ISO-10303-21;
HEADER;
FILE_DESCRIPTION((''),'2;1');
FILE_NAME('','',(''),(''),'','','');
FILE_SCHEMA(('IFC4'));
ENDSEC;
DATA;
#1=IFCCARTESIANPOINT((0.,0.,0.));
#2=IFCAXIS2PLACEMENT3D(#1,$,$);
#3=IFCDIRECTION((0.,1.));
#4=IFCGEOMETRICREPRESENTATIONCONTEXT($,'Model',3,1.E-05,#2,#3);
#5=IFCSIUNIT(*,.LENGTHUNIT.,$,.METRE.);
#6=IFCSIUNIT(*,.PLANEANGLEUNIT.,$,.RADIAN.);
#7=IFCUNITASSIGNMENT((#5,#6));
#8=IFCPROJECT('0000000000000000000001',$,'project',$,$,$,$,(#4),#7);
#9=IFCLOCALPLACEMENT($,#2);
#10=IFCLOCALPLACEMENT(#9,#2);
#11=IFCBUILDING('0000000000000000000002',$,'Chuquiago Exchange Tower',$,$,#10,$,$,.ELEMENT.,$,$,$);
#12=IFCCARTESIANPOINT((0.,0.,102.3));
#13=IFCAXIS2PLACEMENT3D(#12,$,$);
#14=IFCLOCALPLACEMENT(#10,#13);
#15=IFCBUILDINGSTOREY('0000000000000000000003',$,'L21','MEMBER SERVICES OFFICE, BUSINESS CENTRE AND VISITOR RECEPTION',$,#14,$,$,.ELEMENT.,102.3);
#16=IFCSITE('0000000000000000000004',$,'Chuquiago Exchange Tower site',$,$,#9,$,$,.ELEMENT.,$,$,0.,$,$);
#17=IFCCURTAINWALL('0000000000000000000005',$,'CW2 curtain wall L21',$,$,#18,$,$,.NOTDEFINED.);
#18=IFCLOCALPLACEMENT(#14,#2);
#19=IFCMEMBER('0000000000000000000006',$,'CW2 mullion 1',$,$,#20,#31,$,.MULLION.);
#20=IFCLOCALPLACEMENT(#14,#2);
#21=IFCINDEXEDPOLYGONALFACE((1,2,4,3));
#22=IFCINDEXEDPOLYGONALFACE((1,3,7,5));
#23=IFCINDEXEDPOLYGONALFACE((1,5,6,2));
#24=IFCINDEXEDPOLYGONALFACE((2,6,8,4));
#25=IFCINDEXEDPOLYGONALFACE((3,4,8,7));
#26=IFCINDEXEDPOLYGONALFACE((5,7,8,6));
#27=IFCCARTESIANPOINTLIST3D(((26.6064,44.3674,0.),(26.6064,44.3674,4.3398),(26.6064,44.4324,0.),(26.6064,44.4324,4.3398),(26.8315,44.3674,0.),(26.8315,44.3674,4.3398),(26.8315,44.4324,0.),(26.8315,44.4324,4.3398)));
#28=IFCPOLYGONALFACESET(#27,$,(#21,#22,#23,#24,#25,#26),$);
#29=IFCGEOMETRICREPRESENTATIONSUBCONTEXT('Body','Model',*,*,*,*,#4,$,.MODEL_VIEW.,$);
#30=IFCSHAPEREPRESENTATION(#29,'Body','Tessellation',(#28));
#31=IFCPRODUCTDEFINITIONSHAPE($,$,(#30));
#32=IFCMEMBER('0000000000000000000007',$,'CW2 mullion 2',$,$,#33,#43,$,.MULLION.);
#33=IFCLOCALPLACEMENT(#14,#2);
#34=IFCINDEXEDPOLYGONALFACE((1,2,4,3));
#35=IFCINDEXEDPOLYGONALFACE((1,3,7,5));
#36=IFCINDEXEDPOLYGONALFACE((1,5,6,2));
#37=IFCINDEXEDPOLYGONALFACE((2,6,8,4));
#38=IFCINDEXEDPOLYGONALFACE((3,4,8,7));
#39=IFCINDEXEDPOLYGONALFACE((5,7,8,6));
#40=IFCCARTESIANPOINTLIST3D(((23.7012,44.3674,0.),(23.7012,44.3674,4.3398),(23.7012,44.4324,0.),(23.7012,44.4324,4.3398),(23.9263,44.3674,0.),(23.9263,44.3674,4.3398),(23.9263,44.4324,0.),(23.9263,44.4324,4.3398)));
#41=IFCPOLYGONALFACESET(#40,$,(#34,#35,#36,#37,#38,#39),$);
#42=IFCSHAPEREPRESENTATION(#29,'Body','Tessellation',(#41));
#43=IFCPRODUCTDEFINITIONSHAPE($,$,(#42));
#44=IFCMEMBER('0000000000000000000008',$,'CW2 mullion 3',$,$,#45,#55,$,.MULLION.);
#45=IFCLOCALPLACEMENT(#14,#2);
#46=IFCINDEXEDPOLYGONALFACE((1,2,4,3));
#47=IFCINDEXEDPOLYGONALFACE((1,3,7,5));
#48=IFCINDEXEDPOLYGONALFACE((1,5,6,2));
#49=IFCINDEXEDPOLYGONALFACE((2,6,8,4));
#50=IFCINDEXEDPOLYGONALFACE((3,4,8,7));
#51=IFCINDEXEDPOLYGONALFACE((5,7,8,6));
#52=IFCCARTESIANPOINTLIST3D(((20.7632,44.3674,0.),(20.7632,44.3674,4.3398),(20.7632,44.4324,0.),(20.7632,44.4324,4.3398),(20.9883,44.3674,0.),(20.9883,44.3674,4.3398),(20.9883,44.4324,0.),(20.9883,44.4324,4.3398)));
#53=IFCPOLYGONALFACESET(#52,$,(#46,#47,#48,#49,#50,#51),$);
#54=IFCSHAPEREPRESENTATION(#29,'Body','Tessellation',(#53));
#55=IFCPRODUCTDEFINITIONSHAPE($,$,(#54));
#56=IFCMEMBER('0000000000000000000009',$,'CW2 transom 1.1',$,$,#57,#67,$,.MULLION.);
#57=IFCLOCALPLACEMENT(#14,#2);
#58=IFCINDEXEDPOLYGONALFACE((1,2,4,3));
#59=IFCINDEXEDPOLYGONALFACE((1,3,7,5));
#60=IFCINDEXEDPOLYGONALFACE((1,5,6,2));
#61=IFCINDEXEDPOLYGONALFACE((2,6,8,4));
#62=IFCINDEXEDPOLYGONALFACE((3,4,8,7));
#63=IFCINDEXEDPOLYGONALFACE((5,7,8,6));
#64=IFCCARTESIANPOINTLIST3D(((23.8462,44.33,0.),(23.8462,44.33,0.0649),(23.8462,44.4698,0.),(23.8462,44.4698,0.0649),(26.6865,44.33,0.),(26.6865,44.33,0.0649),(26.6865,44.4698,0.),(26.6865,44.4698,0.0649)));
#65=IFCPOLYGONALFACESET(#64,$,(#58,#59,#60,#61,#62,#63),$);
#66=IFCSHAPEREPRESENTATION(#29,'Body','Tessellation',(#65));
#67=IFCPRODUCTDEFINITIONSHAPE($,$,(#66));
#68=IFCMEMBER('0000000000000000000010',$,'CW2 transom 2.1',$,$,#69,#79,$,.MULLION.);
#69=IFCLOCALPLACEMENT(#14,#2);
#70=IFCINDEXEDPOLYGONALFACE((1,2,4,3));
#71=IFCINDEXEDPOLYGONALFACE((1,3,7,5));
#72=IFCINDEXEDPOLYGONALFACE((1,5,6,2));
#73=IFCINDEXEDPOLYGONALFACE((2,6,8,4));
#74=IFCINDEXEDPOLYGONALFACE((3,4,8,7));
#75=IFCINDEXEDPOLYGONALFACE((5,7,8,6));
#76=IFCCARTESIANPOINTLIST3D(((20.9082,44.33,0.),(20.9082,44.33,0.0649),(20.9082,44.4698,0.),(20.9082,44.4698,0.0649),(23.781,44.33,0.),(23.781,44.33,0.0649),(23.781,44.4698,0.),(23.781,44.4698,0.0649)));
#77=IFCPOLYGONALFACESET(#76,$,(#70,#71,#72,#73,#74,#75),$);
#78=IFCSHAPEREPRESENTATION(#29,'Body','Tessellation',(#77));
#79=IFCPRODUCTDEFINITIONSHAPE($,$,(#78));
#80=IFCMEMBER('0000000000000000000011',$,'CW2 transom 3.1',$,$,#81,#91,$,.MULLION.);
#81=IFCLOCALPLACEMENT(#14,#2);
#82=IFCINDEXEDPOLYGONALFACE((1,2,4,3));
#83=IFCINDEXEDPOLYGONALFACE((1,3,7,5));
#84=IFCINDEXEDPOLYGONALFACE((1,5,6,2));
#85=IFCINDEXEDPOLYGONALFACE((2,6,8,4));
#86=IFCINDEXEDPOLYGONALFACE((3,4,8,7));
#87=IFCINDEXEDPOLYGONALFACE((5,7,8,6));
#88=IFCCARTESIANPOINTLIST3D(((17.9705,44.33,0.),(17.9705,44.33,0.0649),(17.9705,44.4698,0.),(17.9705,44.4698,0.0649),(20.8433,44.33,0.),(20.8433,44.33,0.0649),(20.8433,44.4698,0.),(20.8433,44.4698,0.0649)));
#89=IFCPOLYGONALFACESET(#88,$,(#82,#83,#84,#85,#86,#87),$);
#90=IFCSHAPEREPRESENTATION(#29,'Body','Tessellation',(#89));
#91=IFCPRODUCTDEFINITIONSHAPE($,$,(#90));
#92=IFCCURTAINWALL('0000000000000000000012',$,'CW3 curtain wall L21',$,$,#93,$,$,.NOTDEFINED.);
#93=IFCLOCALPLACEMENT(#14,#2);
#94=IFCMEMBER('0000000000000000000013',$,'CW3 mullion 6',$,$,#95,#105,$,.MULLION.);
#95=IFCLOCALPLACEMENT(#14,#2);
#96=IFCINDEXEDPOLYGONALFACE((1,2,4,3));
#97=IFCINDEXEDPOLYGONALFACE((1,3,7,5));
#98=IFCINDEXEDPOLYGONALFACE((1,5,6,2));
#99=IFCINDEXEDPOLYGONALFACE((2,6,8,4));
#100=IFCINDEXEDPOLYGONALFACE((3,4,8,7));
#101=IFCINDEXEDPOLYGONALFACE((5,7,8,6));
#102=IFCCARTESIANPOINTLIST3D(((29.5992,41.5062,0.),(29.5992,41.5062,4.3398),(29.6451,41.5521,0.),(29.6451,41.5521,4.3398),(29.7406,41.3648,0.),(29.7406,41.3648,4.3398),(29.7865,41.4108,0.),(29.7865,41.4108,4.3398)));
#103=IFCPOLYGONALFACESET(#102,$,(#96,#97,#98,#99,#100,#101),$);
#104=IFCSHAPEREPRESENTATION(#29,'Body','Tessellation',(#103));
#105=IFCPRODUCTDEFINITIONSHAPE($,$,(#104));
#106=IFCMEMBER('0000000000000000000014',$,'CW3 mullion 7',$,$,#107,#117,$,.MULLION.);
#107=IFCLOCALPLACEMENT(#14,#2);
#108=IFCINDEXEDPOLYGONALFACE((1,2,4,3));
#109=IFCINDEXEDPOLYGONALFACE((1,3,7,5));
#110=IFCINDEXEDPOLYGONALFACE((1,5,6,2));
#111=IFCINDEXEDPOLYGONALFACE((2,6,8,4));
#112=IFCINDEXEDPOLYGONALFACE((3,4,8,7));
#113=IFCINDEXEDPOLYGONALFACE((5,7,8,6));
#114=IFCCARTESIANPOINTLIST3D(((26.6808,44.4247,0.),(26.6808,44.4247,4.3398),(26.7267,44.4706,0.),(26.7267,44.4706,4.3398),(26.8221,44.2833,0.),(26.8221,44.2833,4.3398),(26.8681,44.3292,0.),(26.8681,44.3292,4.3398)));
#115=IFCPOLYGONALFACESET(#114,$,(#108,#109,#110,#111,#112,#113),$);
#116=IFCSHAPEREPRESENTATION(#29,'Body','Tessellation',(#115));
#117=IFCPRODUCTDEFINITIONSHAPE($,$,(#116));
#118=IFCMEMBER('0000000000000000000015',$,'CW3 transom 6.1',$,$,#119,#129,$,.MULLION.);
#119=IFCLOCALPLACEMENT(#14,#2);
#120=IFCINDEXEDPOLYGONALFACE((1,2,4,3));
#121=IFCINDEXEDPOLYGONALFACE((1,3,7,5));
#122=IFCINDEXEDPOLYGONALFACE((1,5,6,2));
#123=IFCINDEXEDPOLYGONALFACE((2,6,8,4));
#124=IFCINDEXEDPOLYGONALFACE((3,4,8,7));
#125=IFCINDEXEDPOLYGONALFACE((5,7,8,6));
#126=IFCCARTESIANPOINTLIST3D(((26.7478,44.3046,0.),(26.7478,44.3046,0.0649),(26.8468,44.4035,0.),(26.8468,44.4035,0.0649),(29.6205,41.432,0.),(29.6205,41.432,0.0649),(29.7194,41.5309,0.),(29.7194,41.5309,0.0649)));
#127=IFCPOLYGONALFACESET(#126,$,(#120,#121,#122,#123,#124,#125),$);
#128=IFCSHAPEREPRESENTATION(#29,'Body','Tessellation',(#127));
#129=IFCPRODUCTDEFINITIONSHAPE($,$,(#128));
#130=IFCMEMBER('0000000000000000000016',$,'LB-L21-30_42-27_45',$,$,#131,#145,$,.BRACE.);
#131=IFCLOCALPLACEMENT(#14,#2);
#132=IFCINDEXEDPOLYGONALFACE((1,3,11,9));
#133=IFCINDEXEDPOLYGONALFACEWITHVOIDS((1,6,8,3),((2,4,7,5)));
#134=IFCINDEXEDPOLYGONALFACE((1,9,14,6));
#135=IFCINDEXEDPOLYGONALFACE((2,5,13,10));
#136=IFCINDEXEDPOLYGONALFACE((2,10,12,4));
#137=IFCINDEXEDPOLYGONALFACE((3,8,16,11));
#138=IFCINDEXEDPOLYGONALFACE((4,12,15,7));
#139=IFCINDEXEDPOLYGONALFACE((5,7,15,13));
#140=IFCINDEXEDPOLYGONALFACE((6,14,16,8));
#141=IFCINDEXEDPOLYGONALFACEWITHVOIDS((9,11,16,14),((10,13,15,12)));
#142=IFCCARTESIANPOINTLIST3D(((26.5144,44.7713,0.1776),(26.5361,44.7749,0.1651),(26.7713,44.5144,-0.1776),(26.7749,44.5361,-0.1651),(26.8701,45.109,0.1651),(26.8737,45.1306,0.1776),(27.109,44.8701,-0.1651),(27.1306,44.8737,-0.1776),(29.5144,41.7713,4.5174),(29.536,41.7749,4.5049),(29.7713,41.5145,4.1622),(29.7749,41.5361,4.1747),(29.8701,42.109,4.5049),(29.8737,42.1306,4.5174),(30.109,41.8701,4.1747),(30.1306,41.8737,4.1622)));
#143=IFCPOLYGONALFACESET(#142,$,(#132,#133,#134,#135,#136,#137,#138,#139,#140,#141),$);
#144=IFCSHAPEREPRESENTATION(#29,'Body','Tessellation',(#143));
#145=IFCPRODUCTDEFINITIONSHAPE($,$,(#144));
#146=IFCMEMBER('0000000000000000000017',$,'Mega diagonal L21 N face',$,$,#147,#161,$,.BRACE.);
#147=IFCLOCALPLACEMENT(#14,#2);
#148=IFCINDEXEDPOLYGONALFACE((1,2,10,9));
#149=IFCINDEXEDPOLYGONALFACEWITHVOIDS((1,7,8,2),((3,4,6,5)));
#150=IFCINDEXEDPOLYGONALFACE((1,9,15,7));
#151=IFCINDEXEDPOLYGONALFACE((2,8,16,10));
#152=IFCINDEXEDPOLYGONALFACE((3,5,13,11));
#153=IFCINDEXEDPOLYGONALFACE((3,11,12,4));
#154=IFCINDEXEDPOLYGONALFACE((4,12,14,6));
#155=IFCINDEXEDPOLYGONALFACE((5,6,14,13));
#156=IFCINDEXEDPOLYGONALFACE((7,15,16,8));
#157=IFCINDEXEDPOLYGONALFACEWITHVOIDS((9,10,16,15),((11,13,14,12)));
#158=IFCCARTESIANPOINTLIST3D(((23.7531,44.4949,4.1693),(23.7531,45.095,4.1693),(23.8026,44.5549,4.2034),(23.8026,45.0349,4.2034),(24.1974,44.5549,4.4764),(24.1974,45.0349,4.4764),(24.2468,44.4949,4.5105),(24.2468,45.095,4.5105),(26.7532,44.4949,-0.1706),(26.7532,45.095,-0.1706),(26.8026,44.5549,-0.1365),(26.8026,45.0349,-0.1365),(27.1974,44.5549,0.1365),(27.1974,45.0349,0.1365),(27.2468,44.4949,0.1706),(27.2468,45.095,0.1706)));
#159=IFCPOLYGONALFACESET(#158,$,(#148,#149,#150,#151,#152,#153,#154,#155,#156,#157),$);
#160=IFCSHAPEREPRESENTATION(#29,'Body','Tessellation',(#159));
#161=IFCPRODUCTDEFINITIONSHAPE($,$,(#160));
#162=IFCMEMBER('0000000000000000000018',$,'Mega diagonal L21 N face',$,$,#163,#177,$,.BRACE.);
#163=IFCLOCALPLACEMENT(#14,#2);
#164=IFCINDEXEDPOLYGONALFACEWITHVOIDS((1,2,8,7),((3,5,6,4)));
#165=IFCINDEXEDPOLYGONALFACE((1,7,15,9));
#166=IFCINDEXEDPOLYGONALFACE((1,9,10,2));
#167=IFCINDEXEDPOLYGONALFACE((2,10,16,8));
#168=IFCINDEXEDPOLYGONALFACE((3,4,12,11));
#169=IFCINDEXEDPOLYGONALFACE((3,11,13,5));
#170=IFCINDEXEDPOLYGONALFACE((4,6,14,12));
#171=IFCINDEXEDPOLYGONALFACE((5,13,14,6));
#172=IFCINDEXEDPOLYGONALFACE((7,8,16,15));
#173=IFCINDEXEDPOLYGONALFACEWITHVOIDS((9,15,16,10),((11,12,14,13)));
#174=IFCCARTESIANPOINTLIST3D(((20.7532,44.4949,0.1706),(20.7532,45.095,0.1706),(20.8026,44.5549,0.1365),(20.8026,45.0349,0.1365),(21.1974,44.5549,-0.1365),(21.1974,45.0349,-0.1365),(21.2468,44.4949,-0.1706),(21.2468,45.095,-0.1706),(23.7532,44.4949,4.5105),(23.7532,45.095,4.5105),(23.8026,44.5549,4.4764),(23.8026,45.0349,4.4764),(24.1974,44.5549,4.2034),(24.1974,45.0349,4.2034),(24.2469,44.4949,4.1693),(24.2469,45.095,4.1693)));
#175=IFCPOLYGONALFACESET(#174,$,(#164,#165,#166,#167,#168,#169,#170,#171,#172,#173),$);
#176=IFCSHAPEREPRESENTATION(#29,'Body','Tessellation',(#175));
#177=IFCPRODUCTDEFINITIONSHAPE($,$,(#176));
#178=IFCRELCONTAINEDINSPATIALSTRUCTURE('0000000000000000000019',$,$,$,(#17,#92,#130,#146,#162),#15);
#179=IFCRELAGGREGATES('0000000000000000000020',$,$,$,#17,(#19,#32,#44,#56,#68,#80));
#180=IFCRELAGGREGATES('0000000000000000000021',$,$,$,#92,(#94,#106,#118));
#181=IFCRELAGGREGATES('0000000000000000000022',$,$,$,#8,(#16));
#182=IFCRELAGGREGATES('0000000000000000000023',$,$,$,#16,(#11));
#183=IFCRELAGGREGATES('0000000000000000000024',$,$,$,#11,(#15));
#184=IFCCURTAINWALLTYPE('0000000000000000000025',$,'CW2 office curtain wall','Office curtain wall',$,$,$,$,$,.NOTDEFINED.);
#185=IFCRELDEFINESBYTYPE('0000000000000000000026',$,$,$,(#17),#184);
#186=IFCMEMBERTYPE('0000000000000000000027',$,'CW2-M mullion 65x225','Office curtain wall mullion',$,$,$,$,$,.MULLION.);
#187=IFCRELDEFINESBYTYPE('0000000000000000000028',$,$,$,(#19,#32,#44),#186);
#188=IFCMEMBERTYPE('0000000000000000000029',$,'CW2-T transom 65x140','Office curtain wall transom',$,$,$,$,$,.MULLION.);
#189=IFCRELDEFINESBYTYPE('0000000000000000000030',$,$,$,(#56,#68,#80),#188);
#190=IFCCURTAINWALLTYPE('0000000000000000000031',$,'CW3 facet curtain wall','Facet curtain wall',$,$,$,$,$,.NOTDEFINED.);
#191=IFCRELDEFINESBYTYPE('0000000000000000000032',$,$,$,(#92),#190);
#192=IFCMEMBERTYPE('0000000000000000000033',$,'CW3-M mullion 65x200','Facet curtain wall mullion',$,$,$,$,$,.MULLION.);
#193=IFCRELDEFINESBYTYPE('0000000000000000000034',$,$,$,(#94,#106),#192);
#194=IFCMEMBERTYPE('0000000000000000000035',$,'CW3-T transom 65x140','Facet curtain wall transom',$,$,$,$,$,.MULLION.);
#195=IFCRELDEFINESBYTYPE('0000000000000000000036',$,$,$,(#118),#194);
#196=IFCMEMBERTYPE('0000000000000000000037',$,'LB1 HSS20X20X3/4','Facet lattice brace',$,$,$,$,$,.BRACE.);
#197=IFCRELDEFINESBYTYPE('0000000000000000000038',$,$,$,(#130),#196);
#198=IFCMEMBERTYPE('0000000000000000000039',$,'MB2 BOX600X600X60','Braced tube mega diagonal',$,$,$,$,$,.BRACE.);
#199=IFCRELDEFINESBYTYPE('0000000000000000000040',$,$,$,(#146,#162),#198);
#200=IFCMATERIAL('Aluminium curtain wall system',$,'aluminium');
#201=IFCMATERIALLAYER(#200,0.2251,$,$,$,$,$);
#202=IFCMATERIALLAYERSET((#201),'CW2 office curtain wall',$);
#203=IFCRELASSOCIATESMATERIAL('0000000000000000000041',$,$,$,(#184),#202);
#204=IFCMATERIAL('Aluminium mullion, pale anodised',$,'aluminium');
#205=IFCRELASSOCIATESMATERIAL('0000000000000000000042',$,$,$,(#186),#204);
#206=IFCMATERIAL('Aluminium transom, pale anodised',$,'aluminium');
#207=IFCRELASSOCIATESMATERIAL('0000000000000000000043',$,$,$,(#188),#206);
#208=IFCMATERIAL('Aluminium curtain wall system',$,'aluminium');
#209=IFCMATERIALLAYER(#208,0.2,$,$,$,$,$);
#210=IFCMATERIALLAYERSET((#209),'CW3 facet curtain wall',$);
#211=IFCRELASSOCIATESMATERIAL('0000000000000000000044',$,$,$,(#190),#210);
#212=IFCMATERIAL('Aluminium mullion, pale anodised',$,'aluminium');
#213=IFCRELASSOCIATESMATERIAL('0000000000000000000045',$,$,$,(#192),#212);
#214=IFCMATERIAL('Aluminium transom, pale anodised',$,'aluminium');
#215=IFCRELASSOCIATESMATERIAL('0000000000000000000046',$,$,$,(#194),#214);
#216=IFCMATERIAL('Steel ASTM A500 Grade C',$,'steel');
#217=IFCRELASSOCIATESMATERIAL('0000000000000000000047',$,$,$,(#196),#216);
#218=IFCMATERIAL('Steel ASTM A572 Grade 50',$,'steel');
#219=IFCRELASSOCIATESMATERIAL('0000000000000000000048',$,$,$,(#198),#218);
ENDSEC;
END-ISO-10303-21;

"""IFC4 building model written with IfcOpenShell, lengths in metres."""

from ifc_helpers import new_model, si_unit, direction, frame, origin, origin_2d, place, context, subcontext, project, spatial, rectangle, hollow_rectangle, extrude, material, layer, layer_set, material_profile, profile_set, type_object, element, aggregate, save


model = new_model("IFC4")

# Units and contexts
model_context = context("Model", 3, precision=1e-05, world=origin(), true_north=direction((0.0, 1.0)))
body_context = subcontext(model_context, "Body", "Model", "MODEL_VIEW")
ifc_project = project(units=[si_unit("LENGTHUNIT", "METRE"), si_unit("PLANEANGLEUNIT", "RADIAN")], contexts=[model_context])

# Site, building, storey
site_placement = place(None, origin())
site = spatial("IfcSite", under=ifc_project, at=site_placement, Name="Chuquiago Exchange Tower site", CompositionType="ELEMENT", RefElevation=0.0)
building_placement = place(site_placement, origin())
building = spatial("IfcBuilding", under=site, at=building_placement, Name="Chuquiago Exchange Tower", CompositionType="ELEMENT")
storey_placement = place(building_placement, frame((0.0, 0.0, 102.3)))
storey = spatial("IfcBuildingStorey", under=building, at=storey_placement, Name="L21", Description="MEMBER SERVICES OFFICE, BUSINESS CENTRE AND VISITOR RECEPTION", CompositionType="ELEMENT", Elevation=102.3)

# Curtain walls, members
ifc_material_1 = material(Name="Aluminium curtain wall system", Category="aluminium")
ifc_layer_1 = layer(ifc_material_1, 0.2251)
ifc_layer_set_1 = layer_set([ifc_layer_1], Name="CW2 office curtain wall")
curtain_wall_type_1 = type_object("IfcCurtainWallType", Name="CW2 office curtain wall", Description="Office curtain wall", PredefinedType="NOTDEFINED", material=ifc_layer_set_1)
curtain_wall_1_placement = place(storey_placement, origin())
curtain_wall_1 = element("IfcCurtainWall", 1, at=curtain_wall_1_placement, inside=storey, type_object=curtain_wall_type_1, Name="CW2 curtain wall L21", PredefinedType="NOTDEFINED")
ifc_material_2 = material(Name="Aluminium mullion, pale anodised", Category="aluminium")
ifc_material_profile_1 = material_profile(ifc_material_2, rectangle(XDim=0.0649, YDim=0.2251, at=origin_2d()), Name="AL 65x225")
ifc_profile_set_1 = profile_set([ifc_material_profile_1], Name="Aluminium mullion, pale anodised")
member_type_1 = type_object("IfcMemberType", Name="CW2-M mullion 65x225", Description="Office curtain wall mullion", PredefinedType="MULLION", material=ifc_profile_set_1)
member_1_placement = place(storey_placement, frame((26.719, 44.3999, 0.0), z_axis=(0.0, 0.0, 1.0), x_axis=(0.0, -1.0, 0.0)))
member_1 = element("IfcMember", 2, at=member_1_placement, type_object=member_type_1, Name="CW2 mullion 1", PredefinedType="MULLION", context=body_context, shape_type="SweptSolid", body=[
    extrude(rectangle(XDim=0.0649, YDim=0.2251, at=origin_2d()), origin(), (0.0, 0.0, 1.0), 4.3398),
])
member_2_placement = place(storey_placement, frame((23.8137, 44.3999, 0.0), z_axis=(0.0, 0.0, 1.0), x_axis=(0.0, -1.0, 0.0)))
member_2 = element("IfcMember", 3, at=member_2_placement, type_object=member_type_1, Name="CW2 mullion 2", PredefinedType="MULLION", context=body_context, shape_type="SweptSolid", body=[
    extrude(rectangle(XDim=0.0649, YDim=0.2251, at=origin_2d()), origin(), (0.0, 0.0, 1.0), 4.3398),
])
member_3_placement = place(storey_placement, frame((20.8757, 44.3999, 0.0), z_axis=(0.0, 0.0, 1.0), x_axis=(0.0, -1.0, 0.0)))
member_3 = element("IfcMember", 4, at=member_3_placement, type_object=member_type_1, Name="CW2 mullion 3", PredefinedType="MULLION", context=body_context, shape_type="SweptSolid", body=[
    extrude(rectangle(XDim=0.0649, YDim=0.2251, at=origin_2d()), origin(), (0.0, 0.0, 1.0), 4.3398),
])
ifc_material_3 = material(Name="Aluminium transom, pale anodised", Category="aluminium")
ifc_material_profile_2 = material_profile(ifc_material_3, rectangle(XDim=0.1399, YDim=0.0649, at=origin_2d()), Name="AL 140x65")
ifc_profile_set_2 = profile_set([ifc_material_profile_2], Name="Aluminium transom, pale anodised")
member_type_2 = type_object("IfcMemberType", Name="CW2-T transom 65x140", Description="Office curtain wall transom", PredefinedType="MULLION", material=ifc_profile_set_2)
member_4_placement = place(storey_placement, frame((26.6865, 44.3999, 0.0325), z_axis=(-1.0, 0.0, 0.0), x_axis=(0.0, -1.0, 0.0)))
member_4 = element("IfcMember", 5, at=member_4_placement, type_object=member_type_2, Name="CW2 transom 1.1", PredefinedType="MULLION", context=body_context, shape_type="SweptSolid", body=[
    extrude(rectangle(XDim=0.1399, YDim=0.0649, at=origin_2d()), origin(), (0.0, 0.0, 1.0), 2.8403),
])
member_5_placement = place(storey_placement, frame((23.781, 44.3999, 0.0325), z_axis=(-1.0, 0.0, 0.0), x_axis=(0.0, -1.0, 0.0)))
member_5 = element("IfcMember", 6, at=member_5_placement, type_object=member_type_2, Name="CW2 transom 2.1", PredefinedType="MULLION", context=body_context, shape_type="SweptSolid", body=[
    extrude(rectangle(XDim=0.1399, YDim=0.0649, at=origin_2d()), origin(), (0.0, 0.0, 1.0), 2.8728),
])
member_6_placement = place(storey_placement, frame((20.8433, 44.3999, 0.0325), z_axis=(-1.0, 0.0, 0.0), x_axis=(0.0, -1.0, 0.0)))
member_6 = element("IfcMember", 7, at=member_6_placement, type_object=member_type_2, Name="CW2 transom 3.1", PredefinedType="MULLION", context=body_context, shape_type="SweptSolid", body=[
    extrude(rectangle(XDim=0.1399, YDim=0.0649, at=origin_2d()), origin(), (0.0, 0.0, 1.0), 2.8728),
])
ifc_material_4 = material(Name="Aluminium curtain wall system", Category="aluminium")
ifc_layer_2 = layer(ifc_material_4, 0.2)
ifc_layer_set_2 = layer_set([ifc_layer_2], Name="CW3 facet curtain wall")
curtain_wall_type_2 = type_object("IfcCurtainWallType", Name="CW3 facet curtain wall", Description="Facet curtain wall", PredefinedType="NOTDEFINED", material=ifc_layer_set_2)
curtain_wall_2_placement = place(storey_placement, origin())
curtain_wall_2 = element("IfcCurtainWall", 8, at=curtain_wall_2_placement, inside=storey, type_object=curtain_wall_type_2, Name="CW3 curtain wall L21", PredefinedType="NOTDEFINED")
ifc_material_5 = material(Name="Aluminium mullion, pale anodised", Category="aluminium")
ifc_material_profile_3 = material_profile(ifc_material_5, rectangle(XDim=0.0649, YDim=0.2, at=origin_2d()), Name="AL 65x200")
ifc_profile_set_3 = profile_set([ifc_material_profile_3], Name="Aluminium mullion, pale anodised")
member_type_3 = type_object("IfcMemberType", Name="CW3-M mullion 65x200", Description="Facet curtain wall mullion", PredefinedType="MULLION", material=ifc_profile_set_3)
member_7_placement = place(storey_placement, frame((29.6929, 41.4585, 0.0), z_axis=(0.0, 0.0, 1.0), x_axis=(-0.707107, -0.707107, 0.0)))
member_7 = element("IfcMember", 9, at=member_7_placement, type_object=member_type_3, Name="CW3 mullion 6", PredefinedType="MULLION", context=body_context, shape_type="SweptSolid", body=[
    extrude(rectangle(XDim=0.0649, YDim=0.2, at=origin_2d()), origin(), (0.0, 0.0, 1.0), 4.3398),
])
member_8_placement = place(storey_placement, frame((26.7744, 44.377, 0.0), z_axis=(0.0, 0.0, 1.0), x_axis=(-0.707107, -0.707107, 0.0)))
member_8 = element("IfcMember", 10, at=member_8_placement, type_object=member_type_3, Name="CW3 mullion 7", PredefinedType="MULLION", context=body_context, shape_type="SweptSolid", body=[
    extrude(rectangle(XDim=0.0649, YDim=0.2, at=origin_2d()), origin(), (0.0, 0.0, 1.0), 4.3398),
])
ifc_material_6 = material(Name="Aluminium transom, pale anodised", Category="aluminium")
ifc_material_profile_4 = material_profile(ifc_material_6, rectangle(XDim=0.1399, YDim=0.0649, at=origin_2d()), Name="AL 140x65")
ifc_profile_set_4 = profile_set([ifc_material_profile_4], Name="Aluminium transom, pale anodised")
member_type_4 = type_object("IfcMemberType", Name="CW3-T transom 65x140", Description="Facet curtain wall transom", PredefinedType="MULLION", material=ifc_profile_set_4)
member_9_placement = place(storey_placement, frame((29.6699, 41.4814, 0.0325), z_axis=(-0.707107, 0.707107, 0.0), x_axis=(-0.707107, -0.707107, 0.0)))
member_9 = element("IfcMember", 11, at=member_9_placement, type_object=member_type_4, Name="CW3 transom 6.1", PredefinedType="MULLION", context=body_context, shape_type="SweptSolid", body=[
    extrude(rectangle(XDim=0.1399, YDim=0.0649, at=origin_2d()), origin(), (0.0, 0.0, 1.0), 4.0625),
])

# Members
ifc_material_7 = material(Name="Steel ASTM A500 Grade C", Category="steel")
ifc_material_profile_5 = material_profile(ifc_material_7, hollow_rectangle(XDim=0.5081, YDim=0.5081, WallThickness=0.0178, at=origin_2d()), Name="HSS20X20X3/4")
ifc_profile_set_5 = profile_set([ifc_material_profile_5], Name="Steel ASTM A500 Grade C")
member_type_5 = type_object("IfcMemberType", Name="LB1 HSS20X20X3/4", Description="Facet lattice brace", PredefinedType="BRACE", material=ifc_profile_set_5)
member_10_placement = place(storey_placement, frame((26.8225, 44.8225, 0.0), z_axis=(0.494305, -0.494305, 0.715069), x_axis=(0.707107, 0.707107, 0.0)))
element("IfcMember", 12, at=member_10_placement, inside=storey, type_object=member_type_5, Name="LB-L21-30_42-27_45", PredefinedType="BRACE", context=body_context, shape_type="SweptSolid", body=[
    extrude(hollow_rectangle(XDim=0.5081, YDim=0.5081, WallThickness=0.0178, at=origin_2d()), origin(), (0.0, 0.0, 1.0), 6.0691),
])
ifc_material_8 = material(Name="Steel ASTM A572 Grade 50", Category="steel")
ifc_material_profile_6 = material_profile(ifc_material_8, hollow_rectangle(XDim=0.6001, YDim=0.6001, WallThickness=0.0601, at=origin_2d()), Name="BOX600X600X60")
ifc_profile_set_6 = profile_set([ifc_material_profile_6], Name="Steel ASTM A572 Grade 50")
member_type_6 = type_object("IfcMemberType", Name="MB2 BOX600X600X60", Description="Braced tube mega diagonal", PredefinedType="BRACE", material=ifc_profile_set_6)
for number, where, z_axis, x_axis, name in (
    (13, (27.0, 44.7949, 0.0), (-0.568632, 0.0, 0.822592), (0.0, -1.0, 0.0), "Mega diagonal L21 N face"),
    (14, (21.0, 44.7949, 0.0), (0.568632, 0.0, 0.822592), (0.0, 1.0, 0.0), "Mega diagonal L21 N face"),
):
    element("IfcMember", number, at=place(storey_placement, frame(where, z_axis=z_axis, x_axis=x_axis)), inside=storey, type_object=member_type_6, Name=name, PredefinedType="BRACE", context=body_context, shape_type="SweptSolid", body=[
        extrude(hollow_rectangle(XDim=0.6001, YDim=0.6001, WallThickness=0.0601, at=origin_2d()), origin(), (0.0, 0.0, 1.0), 5.2759),
    ])

aggregate(curtain_wall_1, [member_1, member_2, member_3, member_4, member_5, member_6])
aggregate(curtain_wall_2, [member_7, member_8, member_9])

save(model, "model.ifc")
